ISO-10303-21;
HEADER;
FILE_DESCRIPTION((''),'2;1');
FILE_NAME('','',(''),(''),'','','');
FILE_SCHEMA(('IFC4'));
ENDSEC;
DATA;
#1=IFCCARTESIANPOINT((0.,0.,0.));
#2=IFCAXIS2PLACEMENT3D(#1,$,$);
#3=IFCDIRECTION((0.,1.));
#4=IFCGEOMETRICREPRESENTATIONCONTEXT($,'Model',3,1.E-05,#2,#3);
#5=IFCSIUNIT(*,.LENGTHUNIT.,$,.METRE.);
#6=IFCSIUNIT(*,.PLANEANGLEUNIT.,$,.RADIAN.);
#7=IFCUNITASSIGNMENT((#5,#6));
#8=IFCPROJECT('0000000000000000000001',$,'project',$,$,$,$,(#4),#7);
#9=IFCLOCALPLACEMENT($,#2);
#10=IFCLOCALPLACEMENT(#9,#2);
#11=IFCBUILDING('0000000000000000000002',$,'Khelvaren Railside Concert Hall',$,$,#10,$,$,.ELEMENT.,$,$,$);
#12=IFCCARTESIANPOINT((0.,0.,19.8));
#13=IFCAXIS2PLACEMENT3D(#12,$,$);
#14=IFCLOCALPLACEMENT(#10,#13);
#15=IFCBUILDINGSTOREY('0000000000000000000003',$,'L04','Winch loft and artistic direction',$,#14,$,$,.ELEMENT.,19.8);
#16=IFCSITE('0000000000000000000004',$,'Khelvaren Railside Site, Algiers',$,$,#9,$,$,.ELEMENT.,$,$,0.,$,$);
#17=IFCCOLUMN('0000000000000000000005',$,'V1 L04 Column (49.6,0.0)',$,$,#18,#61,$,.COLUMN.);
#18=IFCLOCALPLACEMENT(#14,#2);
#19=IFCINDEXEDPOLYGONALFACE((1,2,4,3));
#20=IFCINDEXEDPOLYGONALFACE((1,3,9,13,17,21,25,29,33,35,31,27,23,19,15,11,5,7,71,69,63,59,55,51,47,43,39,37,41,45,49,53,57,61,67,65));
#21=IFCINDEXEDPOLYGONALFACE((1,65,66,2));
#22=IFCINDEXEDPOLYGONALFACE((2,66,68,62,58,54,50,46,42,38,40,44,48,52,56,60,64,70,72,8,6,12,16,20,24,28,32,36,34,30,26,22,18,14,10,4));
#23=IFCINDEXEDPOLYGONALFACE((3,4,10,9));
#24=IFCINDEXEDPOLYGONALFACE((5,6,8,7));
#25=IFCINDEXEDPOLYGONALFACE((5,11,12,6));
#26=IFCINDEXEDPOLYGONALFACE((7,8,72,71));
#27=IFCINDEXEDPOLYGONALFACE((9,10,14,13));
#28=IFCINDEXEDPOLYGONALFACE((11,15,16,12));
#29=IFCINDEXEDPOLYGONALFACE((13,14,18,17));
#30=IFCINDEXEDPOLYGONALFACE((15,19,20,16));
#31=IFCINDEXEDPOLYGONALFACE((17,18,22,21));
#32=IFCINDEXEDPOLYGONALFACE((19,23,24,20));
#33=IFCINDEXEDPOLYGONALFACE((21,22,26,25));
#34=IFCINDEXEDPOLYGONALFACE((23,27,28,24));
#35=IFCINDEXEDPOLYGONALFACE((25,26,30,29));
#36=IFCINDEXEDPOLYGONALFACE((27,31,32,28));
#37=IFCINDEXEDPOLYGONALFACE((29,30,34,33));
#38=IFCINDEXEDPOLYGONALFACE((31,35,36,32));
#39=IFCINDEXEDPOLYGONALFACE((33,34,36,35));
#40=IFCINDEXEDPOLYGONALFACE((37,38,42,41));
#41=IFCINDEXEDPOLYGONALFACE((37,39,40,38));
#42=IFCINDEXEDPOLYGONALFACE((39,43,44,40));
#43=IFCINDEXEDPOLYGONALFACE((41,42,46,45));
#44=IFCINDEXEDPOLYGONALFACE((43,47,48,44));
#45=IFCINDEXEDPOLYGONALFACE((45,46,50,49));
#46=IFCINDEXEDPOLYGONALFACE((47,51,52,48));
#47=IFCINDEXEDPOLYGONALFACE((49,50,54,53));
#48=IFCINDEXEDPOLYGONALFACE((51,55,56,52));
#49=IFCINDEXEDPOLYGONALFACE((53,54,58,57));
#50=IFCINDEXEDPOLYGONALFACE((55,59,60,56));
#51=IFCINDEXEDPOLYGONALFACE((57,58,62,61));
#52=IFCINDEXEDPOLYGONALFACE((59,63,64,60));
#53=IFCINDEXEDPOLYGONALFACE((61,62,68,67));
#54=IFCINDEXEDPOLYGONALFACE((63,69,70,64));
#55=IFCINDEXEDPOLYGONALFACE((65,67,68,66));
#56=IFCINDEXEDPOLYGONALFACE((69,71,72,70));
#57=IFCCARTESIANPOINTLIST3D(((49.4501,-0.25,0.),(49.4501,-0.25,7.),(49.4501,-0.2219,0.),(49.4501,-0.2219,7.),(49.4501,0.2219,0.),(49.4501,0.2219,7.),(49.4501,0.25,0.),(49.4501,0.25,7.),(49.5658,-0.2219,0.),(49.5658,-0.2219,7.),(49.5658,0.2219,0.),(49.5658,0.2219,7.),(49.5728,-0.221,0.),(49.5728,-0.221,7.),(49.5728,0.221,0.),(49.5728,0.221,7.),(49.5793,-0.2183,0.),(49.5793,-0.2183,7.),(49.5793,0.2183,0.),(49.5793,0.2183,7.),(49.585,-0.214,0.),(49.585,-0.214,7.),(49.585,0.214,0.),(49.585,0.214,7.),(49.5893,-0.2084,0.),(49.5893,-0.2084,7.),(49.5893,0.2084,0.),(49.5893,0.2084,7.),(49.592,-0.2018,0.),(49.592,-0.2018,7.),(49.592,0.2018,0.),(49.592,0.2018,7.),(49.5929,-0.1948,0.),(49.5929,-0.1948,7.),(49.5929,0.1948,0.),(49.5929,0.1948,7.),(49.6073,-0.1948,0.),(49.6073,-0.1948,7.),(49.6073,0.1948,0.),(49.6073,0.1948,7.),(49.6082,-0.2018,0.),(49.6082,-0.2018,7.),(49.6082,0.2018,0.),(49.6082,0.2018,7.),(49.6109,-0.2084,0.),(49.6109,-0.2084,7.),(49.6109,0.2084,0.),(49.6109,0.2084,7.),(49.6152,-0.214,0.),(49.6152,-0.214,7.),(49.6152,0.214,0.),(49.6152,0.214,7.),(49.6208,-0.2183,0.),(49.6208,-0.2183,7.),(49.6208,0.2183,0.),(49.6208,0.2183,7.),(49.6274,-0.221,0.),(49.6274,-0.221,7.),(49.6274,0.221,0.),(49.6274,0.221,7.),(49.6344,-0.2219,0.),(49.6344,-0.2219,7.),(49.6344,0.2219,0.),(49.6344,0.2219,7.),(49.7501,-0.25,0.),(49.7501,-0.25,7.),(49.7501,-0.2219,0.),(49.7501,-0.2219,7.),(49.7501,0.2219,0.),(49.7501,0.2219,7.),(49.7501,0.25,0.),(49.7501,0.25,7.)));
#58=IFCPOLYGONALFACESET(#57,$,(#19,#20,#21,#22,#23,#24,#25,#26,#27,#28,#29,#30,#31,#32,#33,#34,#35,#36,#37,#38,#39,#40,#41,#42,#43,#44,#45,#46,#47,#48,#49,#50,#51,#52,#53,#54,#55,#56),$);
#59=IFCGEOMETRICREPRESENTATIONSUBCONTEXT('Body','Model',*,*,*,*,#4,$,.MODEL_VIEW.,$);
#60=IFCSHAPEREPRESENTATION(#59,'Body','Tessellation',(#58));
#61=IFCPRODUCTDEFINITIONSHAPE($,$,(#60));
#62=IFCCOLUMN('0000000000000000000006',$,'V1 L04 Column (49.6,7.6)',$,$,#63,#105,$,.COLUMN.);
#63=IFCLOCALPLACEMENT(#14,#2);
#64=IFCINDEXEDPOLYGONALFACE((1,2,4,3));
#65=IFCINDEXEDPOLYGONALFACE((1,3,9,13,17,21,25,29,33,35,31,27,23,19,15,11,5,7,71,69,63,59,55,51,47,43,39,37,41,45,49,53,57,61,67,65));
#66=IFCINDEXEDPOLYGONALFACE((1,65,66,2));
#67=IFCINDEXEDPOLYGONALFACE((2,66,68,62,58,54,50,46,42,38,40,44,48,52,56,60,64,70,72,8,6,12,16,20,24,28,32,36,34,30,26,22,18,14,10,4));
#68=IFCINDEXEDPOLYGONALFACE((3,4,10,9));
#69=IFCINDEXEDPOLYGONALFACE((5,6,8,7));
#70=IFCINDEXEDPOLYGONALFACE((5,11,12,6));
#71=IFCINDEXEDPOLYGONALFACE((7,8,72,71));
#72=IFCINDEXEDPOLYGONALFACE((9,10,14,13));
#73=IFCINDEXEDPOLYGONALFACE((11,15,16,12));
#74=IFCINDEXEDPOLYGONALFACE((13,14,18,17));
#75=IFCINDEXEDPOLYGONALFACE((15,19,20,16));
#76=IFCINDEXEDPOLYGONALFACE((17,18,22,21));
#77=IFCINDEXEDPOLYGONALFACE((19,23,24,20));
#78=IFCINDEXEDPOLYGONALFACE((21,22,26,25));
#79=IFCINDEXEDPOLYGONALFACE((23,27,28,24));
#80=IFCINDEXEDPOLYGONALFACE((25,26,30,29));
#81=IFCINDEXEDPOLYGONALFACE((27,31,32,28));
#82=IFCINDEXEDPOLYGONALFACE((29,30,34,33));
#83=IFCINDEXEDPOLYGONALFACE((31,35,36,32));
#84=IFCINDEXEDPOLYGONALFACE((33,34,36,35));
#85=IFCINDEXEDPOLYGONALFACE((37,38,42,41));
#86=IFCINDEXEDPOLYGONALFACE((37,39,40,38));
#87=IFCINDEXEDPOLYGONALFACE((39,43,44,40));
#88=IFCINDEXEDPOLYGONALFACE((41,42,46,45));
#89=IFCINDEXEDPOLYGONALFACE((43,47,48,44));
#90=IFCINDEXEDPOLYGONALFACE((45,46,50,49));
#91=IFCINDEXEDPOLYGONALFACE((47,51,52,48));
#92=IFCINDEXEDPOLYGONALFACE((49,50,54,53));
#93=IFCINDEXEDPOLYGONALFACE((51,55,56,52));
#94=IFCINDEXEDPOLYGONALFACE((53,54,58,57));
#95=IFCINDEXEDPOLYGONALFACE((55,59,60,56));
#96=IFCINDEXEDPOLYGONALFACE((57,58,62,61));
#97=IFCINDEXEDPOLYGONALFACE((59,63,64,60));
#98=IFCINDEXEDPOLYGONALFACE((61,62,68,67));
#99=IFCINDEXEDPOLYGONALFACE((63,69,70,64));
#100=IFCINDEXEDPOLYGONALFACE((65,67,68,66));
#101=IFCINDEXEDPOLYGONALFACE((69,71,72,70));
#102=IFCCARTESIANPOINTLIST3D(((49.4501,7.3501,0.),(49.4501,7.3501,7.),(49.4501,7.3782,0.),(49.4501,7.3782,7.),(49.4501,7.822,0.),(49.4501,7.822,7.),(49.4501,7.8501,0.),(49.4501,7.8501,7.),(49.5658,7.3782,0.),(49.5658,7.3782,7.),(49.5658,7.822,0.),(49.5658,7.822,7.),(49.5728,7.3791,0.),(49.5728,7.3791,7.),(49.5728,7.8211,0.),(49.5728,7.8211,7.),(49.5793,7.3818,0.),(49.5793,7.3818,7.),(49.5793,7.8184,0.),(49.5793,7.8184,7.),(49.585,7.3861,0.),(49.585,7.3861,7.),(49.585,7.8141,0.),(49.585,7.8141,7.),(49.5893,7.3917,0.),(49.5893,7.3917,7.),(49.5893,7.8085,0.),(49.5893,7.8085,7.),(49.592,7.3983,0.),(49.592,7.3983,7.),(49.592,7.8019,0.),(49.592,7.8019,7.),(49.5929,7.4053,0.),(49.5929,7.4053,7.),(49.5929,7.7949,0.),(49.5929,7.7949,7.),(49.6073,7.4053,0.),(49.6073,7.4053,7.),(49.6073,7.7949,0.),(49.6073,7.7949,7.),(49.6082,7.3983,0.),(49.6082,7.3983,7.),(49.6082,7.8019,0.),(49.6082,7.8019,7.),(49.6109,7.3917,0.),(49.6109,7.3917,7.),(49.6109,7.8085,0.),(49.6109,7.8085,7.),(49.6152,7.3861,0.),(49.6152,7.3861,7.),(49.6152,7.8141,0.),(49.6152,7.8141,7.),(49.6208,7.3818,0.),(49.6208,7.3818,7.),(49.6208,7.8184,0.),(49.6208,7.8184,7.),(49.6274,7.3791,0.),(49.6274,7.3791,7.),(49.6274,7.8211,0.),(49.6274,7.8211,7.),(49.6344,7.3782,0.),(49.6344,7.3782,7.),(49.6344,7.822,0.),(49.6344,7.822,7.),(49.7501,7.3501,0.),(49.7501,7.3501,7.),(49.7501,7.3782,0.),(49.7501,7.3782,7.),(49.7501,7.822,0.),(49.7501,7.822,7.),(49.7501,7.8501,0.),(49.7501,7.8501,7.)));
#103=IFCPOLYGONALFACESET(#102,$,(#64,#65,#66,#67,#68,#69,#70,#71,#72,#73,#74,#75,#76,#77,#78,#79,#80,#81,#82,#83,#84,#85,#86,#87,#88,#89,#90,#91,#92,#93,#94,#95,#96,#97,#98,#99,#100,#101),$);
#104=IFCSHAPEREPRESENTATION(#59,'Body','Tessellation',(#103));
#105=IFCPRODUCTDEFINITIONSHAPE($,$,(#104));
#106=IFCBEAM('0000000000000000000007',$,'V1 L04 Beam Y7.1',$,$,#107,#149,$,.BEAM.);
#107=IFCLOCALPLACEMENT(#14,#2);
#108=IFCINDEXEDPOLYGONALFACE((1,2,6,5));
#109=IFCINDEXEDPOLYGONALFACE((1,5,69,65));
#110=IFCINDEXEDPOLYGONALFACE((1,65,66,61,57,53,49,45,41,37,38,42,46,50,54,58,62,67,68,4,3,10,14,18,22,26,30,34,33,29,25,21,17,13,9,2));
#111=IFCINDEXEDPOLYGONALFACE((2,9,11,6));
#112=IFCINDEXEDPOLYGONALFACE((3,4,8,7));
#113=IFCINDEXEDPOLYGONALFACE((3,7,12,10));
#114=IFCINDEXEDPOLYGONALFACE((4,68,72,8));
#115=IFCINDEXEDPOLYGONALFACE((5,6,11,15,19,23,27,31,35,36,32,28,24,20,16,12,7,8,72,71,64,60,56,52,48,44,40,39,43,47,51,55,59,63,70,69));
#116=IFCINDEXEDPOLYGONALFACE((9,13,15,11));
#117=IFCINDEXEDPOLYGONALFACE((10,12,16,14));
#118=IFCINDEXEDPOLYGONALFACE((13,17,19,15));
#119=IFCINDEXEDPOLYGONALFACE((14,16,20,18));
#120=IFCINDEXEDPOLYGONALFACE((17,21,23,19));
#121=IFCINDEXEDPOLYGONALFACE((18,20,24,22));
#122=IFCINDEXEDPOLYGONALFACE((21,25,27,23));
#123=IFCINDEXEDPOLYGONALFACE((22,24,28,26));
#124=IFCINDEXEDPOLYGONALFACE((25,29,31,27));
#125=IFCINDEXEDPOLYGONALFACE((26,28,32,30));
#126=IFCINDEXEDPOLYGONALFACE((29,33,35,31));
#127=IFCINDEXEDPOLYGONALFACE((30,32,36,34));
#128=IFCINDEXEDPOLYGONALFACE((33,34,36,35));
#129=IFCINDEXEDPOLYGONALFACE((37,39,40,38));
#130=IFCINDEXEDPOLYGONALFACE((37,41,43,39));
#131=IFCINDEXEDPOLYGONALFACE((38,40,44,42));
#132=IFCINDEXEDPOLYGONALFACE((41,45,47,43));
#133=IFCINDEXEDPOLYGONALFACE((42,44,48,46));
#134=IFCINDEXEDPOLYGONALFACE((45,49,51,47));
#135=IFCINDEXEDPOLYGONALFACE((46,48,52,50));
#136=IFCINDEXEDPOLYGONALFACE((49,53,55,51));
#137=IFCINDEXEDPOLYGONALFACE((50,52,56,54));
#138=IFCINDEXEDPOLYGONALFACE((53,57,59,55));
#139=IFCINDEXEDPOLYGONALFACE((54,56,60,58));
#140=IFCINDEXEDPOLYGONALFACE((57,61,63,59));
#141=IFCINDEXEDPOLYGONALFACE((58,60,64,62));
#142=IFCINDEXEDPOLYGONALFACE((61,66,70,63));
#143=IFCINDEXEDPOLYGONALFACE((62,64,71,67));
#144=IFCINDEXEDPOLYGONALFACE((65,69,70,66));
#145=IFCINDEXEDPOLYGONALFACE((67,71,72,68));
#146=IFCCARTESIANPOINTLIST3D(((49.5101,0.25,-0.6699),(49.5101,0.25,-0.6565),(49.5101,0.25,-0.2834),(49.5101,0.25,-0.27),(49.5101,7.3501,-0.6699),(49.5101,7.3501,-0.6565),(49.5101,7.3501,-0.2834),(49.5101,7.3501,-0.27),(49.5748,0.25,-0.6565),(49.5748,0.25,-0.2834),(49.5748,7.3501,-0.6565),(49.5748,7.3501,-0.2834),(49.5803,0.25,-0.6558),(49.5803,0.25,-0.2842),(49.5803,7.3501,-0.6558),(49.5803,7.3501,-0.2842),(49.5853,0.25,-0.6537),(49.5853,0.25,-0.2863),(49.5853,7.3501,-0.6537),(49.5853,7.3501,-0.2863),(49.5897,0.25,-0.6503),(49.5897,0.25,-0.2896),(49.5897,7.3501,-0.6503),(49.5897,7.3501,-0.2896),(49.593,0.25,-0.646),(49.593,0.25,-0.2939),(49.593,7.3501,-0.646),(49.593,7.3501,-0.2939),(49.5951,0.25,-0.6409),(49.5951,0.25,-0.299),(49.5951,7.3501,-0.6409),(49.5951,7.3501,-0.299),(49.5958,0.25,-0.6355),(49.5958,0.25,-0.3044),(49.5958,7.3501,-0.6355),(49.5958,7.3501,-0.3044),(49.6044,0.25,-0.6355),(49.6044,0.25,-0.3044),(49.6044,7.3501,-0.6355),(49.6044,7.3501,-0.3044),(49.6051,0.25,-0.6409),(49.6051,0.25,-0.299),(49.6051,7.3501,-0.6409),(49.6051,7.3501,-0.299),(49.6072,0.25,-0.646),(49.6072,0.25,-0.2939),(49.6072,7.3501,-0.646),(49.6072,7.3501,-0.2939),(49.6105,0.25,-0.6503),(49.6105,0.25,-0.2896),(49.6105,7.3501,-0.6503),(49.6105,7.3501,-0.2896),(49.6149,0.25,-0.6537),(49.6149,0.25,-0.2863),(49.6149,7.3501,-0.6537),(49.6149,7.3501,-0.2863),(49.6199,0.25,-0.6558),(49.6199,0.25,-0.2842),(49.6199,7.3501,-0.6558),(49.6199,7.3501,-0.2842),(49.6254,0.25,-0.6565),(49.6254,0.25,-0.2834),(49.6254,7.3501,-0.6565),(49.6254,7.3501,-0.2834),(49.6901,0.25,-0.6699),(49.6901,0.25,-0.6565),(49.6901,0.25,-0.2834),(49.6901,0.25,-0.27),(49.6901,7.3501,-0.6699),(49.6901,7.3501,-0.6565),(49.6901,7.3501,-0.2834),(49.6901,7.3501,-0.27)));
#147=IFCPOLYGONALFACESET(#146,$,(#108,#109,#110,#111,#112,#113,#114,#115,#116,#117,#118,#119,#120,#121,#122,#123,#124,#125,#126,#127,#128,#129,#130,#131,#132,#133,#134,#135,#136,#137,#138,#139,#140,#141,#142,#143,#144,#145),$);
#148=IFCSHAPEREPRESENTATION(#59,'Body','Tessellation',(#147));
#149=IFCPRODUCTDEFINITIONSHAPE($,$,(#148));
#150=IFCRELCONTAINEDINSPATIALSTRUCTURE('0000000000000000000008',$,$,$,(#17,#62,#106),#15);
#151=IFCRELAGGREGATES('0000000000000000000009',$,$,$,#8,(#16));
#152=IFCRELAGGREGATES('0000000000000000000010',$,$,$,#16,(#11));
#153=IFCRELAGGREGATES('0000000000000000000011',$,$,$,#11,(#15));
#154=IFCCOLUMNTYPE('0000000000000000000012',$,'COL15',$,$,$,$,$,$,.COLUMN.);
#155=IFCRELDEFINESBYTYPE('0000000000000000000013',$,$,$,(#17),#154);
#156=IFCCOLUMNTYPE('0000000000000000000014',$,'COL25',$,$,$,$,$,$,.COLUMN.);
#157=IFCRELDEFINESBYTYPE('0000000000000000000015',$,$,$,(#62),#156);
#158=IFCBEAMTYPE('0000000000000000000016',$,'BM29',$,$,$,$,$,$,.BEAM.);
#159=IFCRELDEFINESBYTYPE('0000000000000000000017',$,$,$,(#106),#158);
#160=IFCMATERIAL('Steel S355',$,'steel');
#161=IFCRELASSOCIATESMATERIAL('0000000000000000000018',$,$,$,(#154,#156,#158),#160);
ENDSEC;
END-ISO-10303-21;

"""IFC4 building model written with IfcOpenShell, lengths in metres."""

from ifc_helpers import new_model, si_unit, direction, frame, origin, origin_2d, place, context, subcontext, project, spatial, i_section, extrude, material, material_profile, profile_set, type_object, element, save


model = new_model("IFC4")

# Units and contexts
model_context = context("Model", 3, precision=1e-05, world=origin(), true_north=direction((0.0, 1.0)))
body_context = subcontext(model_context, "Body", "Model", "MODEL_VIEW")
ifc_project = project(units=[si_unit("LENGTHUNIT", "METRE"), si_unit("PLANEANGLEUNIT", "RADIAN")], contexts=[model_context])

# Site, building, storey
site_placement = place(None, origin())
site = spatial("IfcSite", under=ifc_project, at=site_placement, Name="Khelvaren Railside Site, Algiers", CompositionType="ELEMENT", RefElevation=0.0)
building_placement = place(site_placement, origin())
building = spatial("IfcBuilding", under=site, at=building_placement, Name="Khelvaren Railside Concert Hall", CompositionType="ELEMENT")
storey_placement = place(building_placement, frame((0.0, 0.0, 19.8)))
storey = spatial("IfcBuildingStorey", under=building, at=storey_placement, Name="L04", Description="Winch loft and artistic direction", CompositionType="ELEMENT", Elevation=19.8)

# Columns
ifc_material_1 = material(Name="Steel S355", Category="steel")
ifc_material_profile_1 = material_profile(ifc_material_1, i_section(OverallWidth=0.3, OverallDepth=0.5, WebThickness=0.0144, FlangeThickness=0.0281, FilletRadius=0.0271, at=origin_2d()), Name="HEB 500")
ifc_profile_set_1 = profile_set([ifc_material_profile_1], Name="Steel S355")
column_type_1 = type_object("IfcColumnType", Name="COL15", PredefinedType="COLUMN", material=ifc_profile_set_1)
column_1_placement = place(storey_placement, frame((49.6001, 0.0, 0.0), z_axis=(0.0, 0.0, 1.0), x_axis=(1.0, 0.0, 0.0)))
element("IfcColumn", 1, at=column_1_placement, inside=storey, type_object=column_type_1, Name="V1 L04 Column (49.6,0.0)", PredefinedType="COLUMN", context=body_context, shape_type="SweptSolid", body=[
    extrude(i_section(OverallWidth=0.3, OverallDepth=0.5, WebThickness=0.0144, FlangeThickness=0.0281, FilletRadius=0.0271, at=origin_2d()), origin(), (0.0, 0.0, 1.0), 7.0),
])
ifc_material_profile_2 = material_profile(ifc_material_1, i_section(OverallWidth=0.3, OverallDepth=0.5, WebThickness=0.0144, FlangeThickness=0.0281, FilletRadius=0.0271, at=origin_2d()), Name="HEB 500")
ifc_profile_set_2 = profile_set([ifc_material_profile_2], Name="Steel S355")
column_type_2 = type_object("IfcColumnType", Name="COL25", PredefinedType="COLUMN", material=ifc_profile_set_2)
column_2_placement = place(storey_placement, frame((49.6001, 7.6001, 0.0), z_axis=(0.0, 0.0, 1.0), x_axis=(1.0, 0.0, 0.0)))
element("IfcColumn", 2, at=column_2_placement, inside=storey, type_object=column_type_2, Name="V1 L04 Column (49.6,7.6)", PredefinedType="COLUMN", context=body_context, shape_type="SweptSolid", body=[
    extrude(i_section(OverallWidth=0.3, OverallDepth=0.5, WebThickness=0.0144, FlangeThickness=0.0281, FilletRadius=0.0271, at=origin_2d()), origin(), (0.0, 0.0, 1.0), 7.0),
])

# Beam
ifc_material_profile_3 = material_profile(ifc_material_1, i_section(OverallWidth=0.1799, OverallDepth=0.3999, WebThickness=0.0085, FlangeThickness=0.0134, FilletRadius=0.021, at=origin_2d()), Name="IPE 400")
ifc_profile_set_3 = profile_set([ifc_material_profile_3], Name="Steel S355")
beam_type_1 = type_object("IfcBeamType", Name="BM29", PredefinedType="BEAM", material=ifc_profile_set_3)
beam_1_placement = place(storey_placement, frame((49.6001, 0.25, -0.47), z_axis=(0.0, 1.0, 0.0), x_axis=(-1.0, 0.0, 0.0)))
element("IfcBeam", 3, at=beam_1_placement, inside=storey, type_object=beam_type_1, Name="V1 L04 Beam Y7.1", PredefinedType="BEAM", context=body_context, shape_type="SweptSolid", body=[
    extrude(i_section(OverallWidth=0.1799, OverallDepth=0.3999, WebThickness=0.0085, FlangeThickness=0.0134, FilletRadius=0.021, at=origin_2d()), origin(), (0.0, 0.0, 1.0), 7.1001),
])

save(model, "model.ifc")
